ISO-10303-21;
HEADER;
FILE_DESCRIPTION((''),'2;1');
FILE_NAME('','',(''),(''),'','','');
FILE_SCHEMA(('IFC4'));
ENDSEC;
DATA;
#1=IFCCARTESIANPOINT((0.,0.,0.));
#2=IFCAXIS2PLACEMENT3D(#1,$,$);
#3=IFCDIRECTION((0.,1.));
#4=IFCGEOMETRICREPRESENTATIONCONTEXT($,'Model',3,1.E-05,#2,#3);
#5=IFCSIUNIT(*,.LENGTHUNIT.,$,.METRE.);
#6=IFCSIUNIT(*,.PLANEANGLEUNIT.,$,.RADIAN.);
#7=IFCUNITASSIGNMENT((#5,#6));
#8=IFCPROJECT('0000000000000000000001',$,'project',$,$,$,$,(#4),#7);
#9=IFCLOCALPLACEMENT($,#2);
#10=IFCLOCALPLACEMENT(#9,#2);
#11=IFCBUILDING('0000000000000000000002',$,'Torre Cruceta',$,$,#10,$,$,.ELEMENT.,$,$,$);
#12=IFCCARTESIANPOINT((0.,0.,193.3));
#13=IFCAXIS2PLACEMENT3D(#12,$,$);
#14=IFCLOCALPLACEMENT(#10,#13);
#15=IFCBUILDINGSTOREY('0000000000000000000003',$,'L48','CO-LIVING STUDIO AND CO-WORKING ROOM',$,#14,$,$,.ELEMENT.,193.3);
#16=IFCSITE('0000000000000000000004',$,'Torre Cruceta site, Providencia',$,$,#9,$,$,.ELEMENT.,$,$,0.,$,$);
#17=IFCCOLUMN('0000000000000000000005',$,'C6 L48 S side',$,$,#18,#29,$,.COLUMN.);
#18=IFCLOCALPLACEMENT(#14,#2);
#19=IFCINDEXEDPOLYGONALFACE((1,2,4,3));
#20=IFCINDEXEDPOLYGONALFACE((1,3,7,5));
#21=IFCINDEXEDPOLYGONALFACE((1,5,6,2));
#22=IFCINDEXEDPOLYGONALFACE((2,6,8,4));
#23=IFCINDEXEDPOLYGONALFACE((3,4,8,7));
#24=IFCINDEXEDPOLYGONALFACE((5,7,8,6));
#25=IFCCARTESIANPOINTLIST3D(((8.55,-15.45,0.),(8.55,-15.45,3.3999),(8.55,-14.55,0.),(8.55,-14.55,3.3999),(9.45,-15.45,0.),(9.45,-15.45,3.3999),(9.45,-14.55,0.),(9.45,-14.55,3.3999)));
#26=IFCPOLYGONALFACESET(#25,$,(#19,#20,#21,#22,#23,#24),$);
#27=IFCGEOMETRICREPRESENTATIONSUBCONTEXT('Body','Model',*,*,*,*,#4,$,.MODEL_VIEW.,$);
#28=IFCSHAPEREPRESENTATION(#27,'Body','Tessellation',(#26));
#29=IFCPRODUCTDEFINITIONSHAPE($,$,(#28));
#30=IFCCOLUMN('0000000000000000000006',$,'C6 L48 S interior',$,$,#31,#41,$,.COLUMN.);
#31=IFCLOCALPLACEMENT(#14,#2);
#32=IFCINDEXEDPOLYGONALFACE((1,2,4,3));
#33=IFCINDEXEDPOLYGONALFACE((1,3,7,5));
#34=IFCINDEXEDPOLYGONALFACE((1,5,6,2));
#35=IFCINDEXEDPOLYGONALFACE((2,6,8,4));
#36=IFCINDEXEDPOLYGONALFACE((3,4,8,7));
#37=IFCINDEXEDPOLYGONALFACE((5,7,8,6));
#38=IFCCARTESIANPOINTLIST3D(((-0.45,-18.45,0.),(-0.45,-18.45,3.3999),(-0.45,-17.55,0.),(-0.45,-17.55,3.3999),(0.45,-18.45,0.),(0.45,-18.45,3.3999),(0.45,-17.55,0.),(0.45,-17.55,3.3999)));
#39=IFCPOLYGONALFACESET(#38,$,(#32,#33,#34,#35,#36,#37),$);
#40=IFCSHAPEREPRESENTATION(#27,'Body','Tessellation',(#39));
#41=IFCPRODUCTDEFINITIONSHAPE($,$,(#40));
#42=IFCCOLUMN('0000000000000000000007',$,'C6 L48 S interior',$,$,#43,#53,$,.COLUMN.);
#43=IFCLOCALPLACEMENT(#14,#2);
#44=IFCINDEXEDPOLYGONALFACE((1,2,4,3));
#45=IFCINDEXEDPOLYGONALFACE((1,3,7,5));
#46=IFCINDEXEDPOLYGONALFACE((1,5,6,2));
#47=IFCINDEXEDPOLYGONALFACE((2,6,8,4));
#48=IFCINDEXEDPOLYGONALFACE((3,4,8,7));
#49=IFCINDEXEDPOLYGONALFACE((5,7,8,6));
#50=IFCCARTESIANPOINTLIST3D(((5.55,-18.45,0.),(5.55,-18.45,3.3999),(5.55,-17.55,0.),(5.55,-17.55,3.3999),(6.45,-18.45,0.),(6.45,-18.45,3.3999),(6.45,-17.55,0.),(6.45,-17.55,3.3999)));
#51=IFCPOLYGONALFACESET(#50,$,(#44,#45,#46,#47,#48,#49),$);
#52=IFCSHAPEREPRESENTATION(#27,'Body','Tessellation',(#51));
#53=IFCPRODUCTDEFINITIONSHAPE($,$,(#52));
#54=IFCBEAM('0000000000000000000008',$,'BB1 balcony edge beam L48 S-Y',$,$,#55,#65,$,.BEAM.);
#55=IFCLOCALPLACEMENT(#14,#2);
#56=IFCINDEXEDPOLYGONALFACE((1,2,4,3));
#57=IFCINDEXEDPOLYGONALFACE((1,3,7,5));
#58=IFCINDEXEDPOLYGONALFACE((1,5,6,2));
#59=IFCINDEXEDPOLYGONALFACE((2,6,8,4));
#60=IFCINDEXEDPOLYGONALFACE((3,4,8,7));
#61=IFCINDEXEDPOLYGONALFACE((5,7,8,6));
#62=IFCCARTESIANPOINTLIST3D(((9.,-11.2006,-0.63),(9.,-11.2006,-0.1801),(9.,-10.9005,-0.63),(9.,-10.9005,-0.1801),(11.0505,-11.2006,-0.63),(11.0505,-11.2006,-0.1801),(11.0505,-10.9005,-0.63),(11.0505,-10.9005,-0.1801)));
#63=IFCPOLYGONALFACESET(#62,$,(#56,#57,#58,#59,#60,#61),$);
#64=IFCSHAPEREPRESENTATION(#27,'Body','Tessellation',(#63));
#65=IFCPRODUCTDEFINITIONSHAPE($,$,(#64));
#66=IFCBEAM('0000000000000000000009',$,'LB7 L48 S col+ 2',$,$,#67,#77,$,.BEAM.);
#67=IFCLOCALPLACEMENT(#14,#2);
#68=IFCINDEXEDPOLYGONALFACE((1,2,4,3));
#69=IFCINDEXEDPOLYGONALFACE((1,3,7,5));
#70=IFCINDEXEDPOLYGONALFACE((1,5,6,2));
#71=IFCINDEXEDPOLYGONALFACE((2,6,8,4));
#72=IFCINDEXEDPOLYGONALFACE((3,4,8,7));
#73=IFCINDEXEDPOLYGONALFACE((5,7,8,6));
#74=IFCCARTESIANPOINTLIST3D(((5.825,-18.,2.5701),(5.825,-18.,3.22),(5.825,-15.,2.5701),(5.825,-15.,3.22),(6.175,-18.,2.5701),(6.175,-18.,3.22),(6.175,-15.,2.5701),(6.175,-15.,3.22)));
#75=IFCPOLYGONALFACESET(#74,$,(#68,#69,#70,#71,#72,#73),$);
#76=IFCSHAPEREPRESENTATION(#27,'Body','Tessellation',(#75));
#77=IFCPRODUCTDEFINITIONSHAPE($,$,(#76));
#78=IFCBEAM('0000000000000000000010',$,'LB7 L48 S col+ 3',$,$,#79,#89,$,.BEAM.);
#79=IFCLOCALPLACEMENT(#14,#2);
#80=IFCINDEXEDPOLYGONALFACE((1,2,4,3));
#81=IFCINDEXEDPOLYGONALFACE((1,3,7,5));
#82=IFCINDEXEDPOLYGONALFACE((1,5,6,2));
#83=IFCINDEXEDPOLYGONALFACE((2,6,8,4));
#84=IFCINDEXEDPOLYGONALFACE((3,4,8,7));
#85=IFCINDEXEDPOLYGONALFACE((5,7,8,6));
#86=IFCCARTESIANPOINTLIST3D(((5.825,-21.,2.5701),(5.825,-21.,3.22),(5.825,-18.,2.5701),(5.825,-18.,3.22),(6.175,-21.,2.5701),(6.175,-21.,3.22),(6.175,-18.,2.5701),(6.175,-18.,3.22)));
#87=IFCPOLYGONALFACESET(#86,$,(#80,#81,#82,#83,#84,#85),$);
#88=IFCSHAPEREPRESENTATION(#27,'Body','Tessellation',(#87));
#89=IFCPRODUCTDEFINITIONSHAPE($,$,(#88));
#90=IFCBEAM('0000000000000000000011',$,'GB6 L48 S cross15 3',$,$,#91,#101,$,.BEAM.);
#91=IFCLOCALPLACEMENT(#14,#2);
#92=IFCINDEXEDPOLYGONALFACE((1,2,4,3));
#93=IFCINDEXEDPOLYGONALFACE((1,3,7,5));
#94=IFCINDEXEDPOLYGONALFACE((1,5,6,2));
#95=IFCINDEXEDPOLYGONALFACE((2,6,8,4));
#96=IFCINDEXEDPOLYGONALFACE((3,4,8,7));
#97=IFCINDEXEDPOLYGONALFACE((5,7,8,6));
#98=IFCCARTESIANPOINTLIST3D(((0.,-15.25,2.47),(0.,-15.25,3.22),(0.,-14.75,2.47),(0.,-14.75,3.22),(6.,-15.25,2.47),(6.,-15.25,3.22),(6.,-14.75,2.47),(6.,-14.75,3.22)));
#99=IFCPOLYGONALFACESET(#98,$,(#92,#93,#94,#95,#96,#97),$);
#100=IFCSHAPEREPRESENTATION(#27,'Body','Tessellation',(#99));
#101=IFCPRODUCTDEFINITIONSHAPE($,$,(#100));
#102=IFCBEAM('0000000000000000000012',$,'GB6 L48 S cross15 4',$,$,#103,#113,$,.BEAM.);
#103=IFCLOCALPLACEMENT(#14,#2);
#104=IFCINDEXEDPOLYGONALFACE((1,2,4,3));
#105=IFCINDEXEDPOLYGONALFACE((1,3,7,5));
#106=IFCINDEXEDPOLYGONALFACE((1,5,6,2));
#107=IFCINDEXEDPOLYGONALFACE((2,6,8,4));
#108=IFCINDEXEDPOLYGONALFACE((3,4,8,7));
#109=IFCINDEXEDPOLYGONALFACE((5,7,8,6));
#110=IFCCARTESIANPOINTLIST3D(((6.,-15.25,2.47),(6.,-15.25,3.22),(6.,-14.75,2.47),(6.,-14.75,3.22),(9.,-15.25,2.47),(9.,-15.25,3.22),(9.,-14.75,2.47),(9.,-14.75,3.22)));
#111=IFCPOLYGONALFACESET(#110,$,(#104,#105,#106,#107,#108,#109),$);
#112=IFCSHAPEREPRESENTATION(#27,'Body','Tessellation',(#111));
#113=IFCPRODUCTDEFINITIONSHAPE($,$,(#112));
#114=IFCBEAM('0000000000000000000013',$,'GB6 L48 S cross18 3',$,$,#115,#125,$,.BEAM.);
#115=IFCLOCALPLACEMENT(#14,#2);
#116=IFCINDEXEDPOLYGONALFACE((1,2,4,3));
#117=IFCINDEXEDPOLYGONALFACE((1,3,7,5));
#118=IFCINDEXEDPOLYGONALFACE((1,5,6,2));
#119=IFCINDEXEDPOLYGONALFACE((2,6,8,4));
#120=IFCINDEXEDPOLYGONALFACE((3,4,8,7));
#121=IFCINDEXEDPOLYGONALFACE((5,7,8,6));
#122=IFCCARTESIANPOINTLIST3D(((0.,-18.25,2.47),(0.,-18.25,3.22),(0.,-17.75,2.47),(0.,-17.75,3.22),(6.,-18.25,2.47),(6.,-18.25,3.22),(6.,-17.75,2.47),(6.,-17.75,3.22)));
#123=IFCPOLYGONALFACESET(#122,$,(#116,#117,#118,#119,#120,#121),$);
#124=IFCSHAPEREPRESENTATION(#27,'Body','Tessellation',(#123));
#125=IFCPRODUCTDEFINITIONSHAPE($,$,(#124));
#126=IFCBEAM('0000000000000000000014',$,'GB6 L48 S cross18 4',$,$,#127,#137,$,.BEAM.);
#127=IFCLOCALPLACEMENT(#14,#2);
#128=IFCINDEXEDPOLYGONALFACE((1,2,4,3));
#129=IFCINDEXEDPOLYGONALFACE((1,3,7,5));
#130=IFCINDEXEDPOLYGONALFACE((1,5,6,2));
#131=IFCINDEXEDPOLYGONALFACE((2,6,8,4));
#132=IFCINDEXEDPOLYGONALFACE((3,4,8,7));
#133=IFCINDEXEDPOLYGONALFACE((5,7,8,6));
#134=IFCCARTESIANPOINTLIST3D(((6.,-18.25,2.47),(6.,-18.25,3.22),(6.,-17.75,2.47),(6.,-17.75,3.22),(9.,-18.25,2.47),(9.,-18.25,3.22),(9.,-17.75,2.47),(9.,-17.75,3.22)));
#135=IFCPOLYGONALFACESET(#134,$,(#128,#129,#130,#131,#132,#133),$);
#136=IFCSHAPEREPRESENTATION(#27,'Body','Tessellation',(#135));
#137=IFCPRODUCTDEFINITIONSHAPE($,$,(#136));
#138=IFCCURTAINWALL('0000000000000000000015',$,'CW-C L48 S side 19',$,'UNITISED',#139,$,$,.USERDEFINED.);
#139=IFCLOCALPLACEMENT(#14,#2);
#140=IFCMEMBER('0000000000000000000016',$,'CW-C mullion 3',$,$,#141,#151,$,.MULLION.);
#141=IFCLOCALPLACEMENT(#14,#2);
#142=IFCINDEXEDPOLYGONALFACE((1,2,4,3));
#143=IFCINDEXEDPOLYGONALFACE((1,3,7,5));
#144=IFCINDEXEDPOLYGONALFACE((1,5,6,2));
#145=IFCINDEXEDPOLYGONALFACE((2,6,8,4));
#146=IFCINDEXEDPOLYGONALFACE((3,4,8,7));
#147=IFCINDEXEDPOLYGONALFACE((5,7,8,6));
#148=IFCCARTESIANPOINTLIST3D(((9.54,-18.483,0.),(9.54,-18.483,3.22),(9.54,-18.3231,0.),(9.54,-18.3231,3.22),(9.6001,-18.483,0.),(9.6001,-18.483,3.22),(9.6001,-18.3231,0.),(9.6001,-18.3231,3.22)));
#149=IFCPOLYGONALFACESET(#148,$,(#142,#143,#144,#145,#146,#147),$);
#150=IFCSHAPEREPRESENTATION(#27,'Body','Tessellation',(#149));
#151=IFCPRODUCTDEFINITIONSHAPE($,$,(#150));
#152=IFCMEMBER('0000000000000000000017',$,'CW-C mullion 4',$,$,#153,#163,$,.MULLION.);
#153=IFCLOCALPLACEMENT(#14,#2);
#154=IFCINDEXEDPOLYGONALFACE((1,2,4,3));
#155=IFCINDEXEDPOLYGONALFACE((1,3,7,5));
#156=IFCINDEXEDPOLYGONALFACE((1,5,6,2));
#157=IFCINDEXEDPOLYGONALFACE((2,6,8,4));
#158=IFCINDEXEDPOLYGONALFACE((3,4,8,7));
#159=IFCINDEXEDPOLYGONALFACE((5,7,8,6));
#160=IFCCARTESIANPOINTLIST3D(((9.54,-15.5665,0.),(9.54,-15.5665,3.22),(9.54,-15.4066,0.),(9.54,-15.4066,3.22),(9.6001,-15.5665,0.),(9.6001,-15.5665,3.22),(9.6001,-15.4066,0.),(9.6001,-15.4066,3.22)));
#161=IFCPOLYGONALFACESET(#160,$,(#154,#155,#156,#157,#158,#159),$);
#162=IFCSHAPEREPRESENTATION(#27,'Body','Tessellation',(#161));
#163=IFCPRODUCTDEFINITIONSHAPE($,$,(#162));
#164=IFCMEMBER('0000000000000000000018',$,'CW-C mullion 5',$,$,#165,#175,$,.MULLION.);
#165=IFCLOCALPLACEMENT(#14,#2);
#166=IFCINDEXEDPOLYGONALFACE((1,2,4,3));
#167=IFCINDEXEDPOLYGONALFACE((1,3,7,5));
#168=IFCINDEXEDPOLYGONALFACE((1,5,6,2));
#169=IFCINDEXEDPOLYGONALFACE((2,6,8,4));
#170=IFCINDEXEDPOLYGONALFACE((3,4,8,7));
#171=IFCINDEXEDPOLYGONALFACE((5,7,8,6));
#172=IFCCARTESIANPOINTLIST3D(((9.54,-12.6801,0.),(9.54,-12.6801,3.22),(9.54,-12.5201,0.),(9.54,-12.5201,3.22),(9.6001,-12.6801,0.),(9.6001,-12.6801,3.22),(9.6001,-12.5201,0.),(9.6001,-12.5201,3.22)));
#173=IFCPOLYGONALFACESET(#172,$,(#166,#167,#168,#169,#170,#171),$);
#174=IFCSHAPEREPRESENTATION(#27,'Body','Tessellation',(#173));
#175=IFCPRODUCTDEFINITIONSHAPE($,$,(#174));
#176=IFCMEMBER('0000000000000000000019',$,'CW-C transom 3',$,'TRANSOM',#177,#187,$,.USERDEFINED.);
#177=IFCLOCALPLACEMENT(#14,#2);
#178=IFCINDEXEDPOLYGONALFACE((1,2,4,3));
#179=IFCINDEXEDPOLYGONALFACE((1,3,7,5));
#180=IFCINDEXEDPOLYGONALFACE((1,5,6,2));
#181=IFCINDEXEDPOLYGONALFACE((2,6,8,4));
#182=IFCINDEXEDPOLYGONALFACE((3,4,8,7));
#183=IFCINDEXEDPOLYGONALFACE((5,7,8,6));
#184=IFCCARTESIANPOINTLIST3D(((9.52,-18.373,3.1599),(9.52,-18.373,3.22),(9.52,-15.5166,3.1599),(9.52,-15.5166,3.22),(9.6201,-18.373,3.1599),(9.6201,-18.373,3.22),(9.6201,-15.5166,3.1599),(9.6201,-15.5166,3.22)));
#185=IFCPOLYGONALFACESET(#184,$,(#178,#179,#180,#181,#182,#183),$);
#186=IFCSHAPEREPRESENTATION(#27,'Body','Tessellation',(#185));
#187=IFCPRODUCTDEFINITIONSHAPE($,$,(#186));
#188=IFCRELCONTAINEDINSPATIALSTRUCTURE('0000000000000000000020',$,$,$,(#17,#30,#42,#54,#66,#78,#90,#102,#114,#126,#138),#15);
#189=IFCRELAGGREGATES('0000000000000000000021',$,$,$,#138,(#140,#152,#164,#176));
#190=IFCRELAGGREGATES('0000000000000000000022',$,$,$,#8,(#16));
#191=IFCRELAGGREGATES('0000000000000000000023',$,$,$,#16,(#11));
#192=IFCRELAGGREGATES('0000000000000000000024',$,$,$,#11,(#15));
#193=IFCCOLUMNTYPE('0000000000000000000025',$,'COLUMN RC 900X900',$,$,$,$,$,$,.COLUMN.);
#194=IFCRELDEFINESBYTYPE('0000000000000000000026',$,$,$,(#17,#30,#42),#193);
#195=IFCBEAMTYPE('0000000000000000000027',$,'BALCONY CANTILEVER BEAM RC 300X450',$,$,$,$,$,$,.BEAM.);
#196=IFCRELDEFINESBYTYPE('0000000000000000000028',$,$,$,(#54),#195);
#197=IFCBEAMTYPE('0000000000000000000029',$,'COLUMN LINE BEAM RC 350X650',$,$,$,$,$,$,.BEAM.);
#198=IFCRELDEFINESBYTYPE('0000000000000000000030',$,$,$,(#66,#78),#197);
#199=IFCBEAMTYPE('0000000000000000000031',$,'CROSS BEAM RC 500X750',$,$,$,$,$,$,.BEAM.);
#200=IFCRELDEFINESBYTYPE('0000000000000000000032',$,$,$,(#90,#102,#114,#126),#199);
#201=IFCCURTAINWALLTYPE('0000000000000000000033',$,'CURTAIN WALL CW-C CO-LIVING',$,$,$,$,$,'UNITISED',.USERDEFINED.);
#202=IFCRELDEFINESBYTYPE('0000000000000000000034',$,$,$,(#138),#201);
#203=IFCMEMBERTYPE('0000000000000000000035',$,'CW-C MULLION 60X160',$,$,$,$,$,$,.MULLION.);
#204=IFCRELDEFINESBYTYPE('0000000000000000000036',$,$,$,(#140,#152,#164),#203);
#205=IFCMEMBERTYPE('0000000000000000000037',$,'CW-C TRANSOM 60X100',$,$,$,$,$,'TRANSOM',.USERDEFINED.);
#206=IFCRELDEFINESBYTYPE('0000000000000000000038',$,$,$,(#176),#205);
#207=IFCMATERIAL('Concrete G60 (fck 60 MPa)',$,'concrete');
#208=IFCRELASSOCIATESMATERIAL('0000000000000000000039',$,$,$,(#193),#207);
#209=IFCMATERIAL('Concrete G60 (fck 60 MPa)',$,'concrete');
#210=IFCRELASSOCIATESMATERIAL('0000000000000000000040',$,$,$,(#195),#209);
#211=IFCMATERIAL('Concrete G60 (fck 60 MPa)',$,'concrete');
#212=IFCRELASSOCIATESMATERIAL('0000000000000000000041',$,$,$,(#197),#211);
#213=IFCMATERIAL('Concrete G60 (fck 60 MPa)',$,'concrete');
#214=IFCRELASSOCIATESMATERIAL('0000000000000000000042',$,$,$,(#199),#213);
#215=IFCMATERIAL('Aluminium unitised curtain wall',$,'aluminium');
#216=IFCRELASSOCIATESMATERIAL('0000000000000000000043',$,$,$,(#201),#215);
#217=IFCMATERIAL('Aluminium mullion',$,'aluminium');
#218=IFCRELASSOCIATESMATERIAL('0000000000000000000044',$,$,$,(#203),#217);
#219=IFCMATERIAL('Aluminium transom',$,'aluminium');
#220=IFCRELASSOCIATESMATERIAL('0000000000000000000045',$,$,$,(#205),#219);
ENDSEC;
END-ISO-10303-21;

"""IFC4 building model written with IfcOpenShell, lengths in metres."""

from ifc_helpers import new_model, si_unit, direction, frame, origin, origin_2d, place, context, subcontext, project, spatial, rectangle, extrude, material, material_profile, profile_set, type_object, element, aggregate, save


model = new_model("IFC4")

# Units and contexts
model_context = context("Model", 3, precision=1e-05, world=origin(), true_north=direction((0.0, 1.0)))
body_context = subcontext(model_context, "Body", "Model", "MODEL_VIEW")
ifc_project = project(units=[si_unit("LENGTHUNIT", "METRE"), si_unit("PLANEANGLEUNIT", "RADIAN")], contexts=[model_context])

# Site, building, storey
site_placement = place(None, origin())
site = spatial("IfcSite", under=ifc_project, at=site_placement, Name="Torre Cruceta site, Providencia", CompositionType="ELEMENT", RefElevation=0.0)
building_placement = place(site_placement, origin())
building = spatial("IfcBuilding", under=site, at=building_placement, Name="Torre Cruceta", CompositionType="ELEMENT")
storey_placement = place(building_placement, frame((0.0, 0.0, 193.3)))
storey = spatial("IfcBuildingStorey", under=building, at=storey_placement, Name="L48", Description="CO-LIVING STUDIO AND CO-WORKING ROOM", CompositionType="ELEMENT", Elevation=193.3)

# Columns
ifc_material_1 = material(Name="Concrete G60 (fck 60 MPa)", Category="concrete")
ifc_material_profile_1 = material_profile(ifc_material_1, rectangle(XDim=0.8999, YDim=0.8999, at=origin_2d()), Name="RC 900X900")
ifc_profile_set_1 = profile_set([ifc_material_profile_1], Name="Concrete G60 (fck 60 MPa)")
column_type = type_object("IfcColumnType", Name="COLUMN RC 900X900", PredefinedType="COLUMN", material=ifc_profile_set_1)
for number, where, z_axis, x_axis, name in (
    (1, (9.0, -15.0, 0.0), (0.0, 0.0, 1.0), (1.0, 0.0, 0.0), "C6 L48 S side"),
    (2, (0.0, -18.0, 0.0), (0.0, 0.0, 1.0), (1.0, 0.0, 0.0), "C6 L48 S interior"),
    (3, (6.0, -18.0, 0.0), (0.0, 0.0, 1.0), (1.0, 0.0, 0.0), "C6 L48 S interior"),
):
    element("IfcColumn", number, at=place(storey_placement, frame(where, z_axis=z_axis, x_axis=x_axis)), inside=storey, type_object=column_type, Name=name, PredefinedType="COLUMN", context=body_context, shape_type="SweptSolid", body=[
        extrude(rectangle(XDim=0.8999, YDim=0.8999, at=origin_2d()), origin(), (0.0, 0.0, 1.0), 3.3999),
    ])

# Beams
ifc_material_2 = material(Name="Concrete G60 (fck 60 MPa)", Category="concrete")
ifc_material_profile_2 = material_profile(ifc_material_2, rectangle(XDim=0.3, YDim=0.45, at=origin_2d()), Name="RC 300X450")
ifc_profile_set_2 = profile_set([ifc_material_profile_2], Name="Concrete G60 (fck 60 MPa)")
beam_type_1 = type_object("IfcBeamType", Name="BALCONY CANTILEVER BEAM RC 300X450", PredefinedType="BEAM", material=ifc_profile_set_2)
beam_1_placement = place(storey_placement, frame((9.0, -11.0505, -0.405), z_axis=(1.0, 0.0, 0.0), x_axis=(0.0, 1.0, 0.0)))
element("IfcBeam", 4, at=beam_1_placement, inside=storey, type_object=beam_type_1, Name="BB1 balcony edge beam L48 S-Y", PredefinedType="BEAM", context=body_context, shape_type="SweptSolid", body=[
    extrude(rectangle(XDim=0.3, YDim=0.45, at=origin_2d()), origin(), (0.0, 0.0, 1.0), 2.0505),
])
ifc_material_3 = material(Name="Concrete G60 (fck 60 MPa)", Category="concrete")
ifc_material_profile_3 = material_profile(ifc_material_3, rectangle(XDim=0.3501, YDim=0.6499, at=origin_2d()), Name="RC 350X650")
ifc_profile_set_3 = profile_set([ifc_material_profile_3], Name="Concrete G60 (fck 60 MPa)")
beam_type_2 = type_object("IfcBeamType", Name="COLUMN LINE BEAM RC 350X650", PredefinedType="BEAM", material=ifc_profile_set_3)
for number, where, z_axis, x_axis, name in (
    (5, (6.0, -15.0, 2.895), (0.0, -1.0, 0.0), (1.0, 0.0, 0.0), "LB7 L48 S col+ 2"),
    (6, (6.0, -18.0, 2.895), (0.0, -1.0, 0.0), (1.0, 0.0, 0.0), "LB7 L48 S col+ 3"),
):
    element("IfcBeam", number, at=place(storey_placement, frame(where, z_axis=z_axis, x_axis=x_axis)), inside=storey, type_object=beam_type_2, Name=name, PredefinedType="BEAM", context=body_context, shape_type="SweptSolid", body=[
        extrude(rectangle(XDim=0.3501, YDim=0.6499, at=origin_2d()), origin(), (0.0, 0.0, 1.0), 3.0),
    ])
ifc_material_4 = material(Name="Concrete G60 (fck 60 MPa)", Category="concrete")
ifc_material_profile_4 = material_profile(ifc_material_4, rectangle(XDim=0.5, YDim=0.75, at=origin_2d()), Name="RC 500X750")
ifc_profile_set_4 = profile_set([ifc_material_profile_4], Name="Concrete G60 (fck 60 MPa)")
beam_type_3 = type_object("IfcBeamType", Name="CROSS BEAM RC 500X750", PredefinedType="BEAM", material=ifc_profile_set_4)
beam_2_placement = place(storey_placement, frame((0.0, -15.0, 2.845), z_axis=(1.0, 0.0, 0.0), x_axis=(0.0, 1.0, 0.0)))
element("IfcBeam", 7, at=beam_2_placement, inside=storey, type_object=beam_type_3, Name="GB6 L48 S cross15 3", PredefinedType="BEAM", context=body_context, shape_type="SweptSolid", body=[
    extrude(rectangle(XDim=0.5, YDim=0.75, at=origin_2d()), origin(), (0.0, 0.0, 1.0), 6.0),
])
beam_3_placement = place(storey_placement, frame((6.0, -15.0, 2.845), z_axis=(1.0, 0.0, 0.0), x_axis=(0.0, 1.0, 0.0)))
element("IfcBeam", 8, at=beam_3_placement, inside=storey, type_object=beam_type_3, Name="GB6 L48 S cross15 4", PredefinedType="BEAM", context=body_context, shape_type="SweptSolid", body=[
    extrude(rectangle(XDim=0.5, YDim=0.75, at=origin_2d()), origin(), (0.0, 0.0, 1.0), 3.0),
])
beam_4_placement = place(storey_placement, frame((0.0, -18.0, 2.845), z_axis=(1.0, 0.0, 0.0), x_axis=(0.0, 1.0, 0.0)))
element("IfcBeam", 9, at=beam_4_placement, inside=storey, type_object=beam_type_3, Name="GB6 L48 S cross18 3", PredefinedType="BEAM", context=body_context, shape_type="SweptSolid", body=[
    extrude(rectangle(XDim=0.5, YDim=0.75, at=origin_2d()), origin(), (0.0, 0.0, 1.0), 6.0),
])
beam_5_placement = place(storey_placement, frame((6.0, -18.0, 2.845), z_axis=(1.0, 0.0, 0.0), x_axis=(0.0, 1.0, 0.0)))
element("IfcBeam", 10, at=beam_5_placement, inside=storey, type_object=beam_type_3, Name="GB6 L48 S cross18 4", PredefinedType="BEAM", context=body_context, shape_type="SweptSolid", body=[
    extrude(rectangle(XDim=0.5, YDim=0.75, at=origin_2d()), origin(), (0.0, 0.0, 1.0), 3.0),
])

# Curtain wall, members
ifc_material_5 = material(Name="Aluminium unitised curtain wall", Category="aluminium")
curtain_wall_type = type_object("IfcCurtainWallType", Name="CURTAIN WALL CW-C CO-LIVING", ElementType="UNITISED", PredefinedType="USERDEFINED", material=ifc_material_5)
curtain_wall_placement = place(storey_placement, origin())
curtain_wall = element("IfcCurtainWall", 11, at=curtain_wall_placement, inside=storey, type_object=curtain_wall_type, Name="CW-C L48 S side 19", ObjectType="UNITISED", PredefinedType="USERDEFINED")
ifc_material_6 = material(Name="Aluminium mullion", Category="aluminium")
ifc_material_profile_5 = material_profile(ifc_material_6, rectangle(XDim=0.0601, YDim=0.1599, at=origin_2d()), Name="AL 60X160")
ifc_profile_set_5 = profile_set([ifc_material_profile_5], Name="Aluminium mullion")
member_type_1 = type_object("IfcMemberType", Name="CW-C MULLION 60X160", PredefinedType="MULLION", material=ifc_profile_set_5)
member_1_placement = place(storey_placement, frame((9.5701, -18.4031, 0.0), z_axis=(0.0, 0.0, 1.0), x_axis=(-1.0, 0.0, 0.0)))
member_1 = element("IfcMember", 12, at=member_1_placement, type_object=member_type_1, Name="CW-C mullion 3", PredefinedType="MULLION", context=body_context, shape_type="SweptSolid", body=[
    extrude(rectangle(XDim=0.0601, YDim=0.1599, at=origin_2d()), origin(), (0.0, 0.0, 1.0), 3.22),
])
member_2_placement = place(storey_placement, frame((9.5701, -15.4866, 0.0), z_axis=(0.0, 0.0, 1.0), x_axis=(-1.0, 0.0, 0.0)))
member_2 = element("IfcMember", 13, at=member_2_placement, type_object=member_type_1, Name="CW-C mullion 4", PredefinedType="MULLION", context=body_context, shape_type="SweptSolid", body=[
    extrude(rectangle(XDim=0.0601, YDim=0.1599, at=origin_2d()), origin(), (0.0, 0.0, 1.0), 3.22),
])
member_3_placement = place(storey_placement, frame((9.5701, -12.6001, 0.0), z_axis=(0.0, 0.0, 1.0), x_axis=(-1.0, 0.0, 0.0)))
member_3 = element("IfcMember", 14, at=member_3_placement, type_object=member_type_1, Name="CW-C mullion 5", PredefinedType="MULLION", context=body_context, shape_type="SweptSolid", body=[
    extrude(rectangle(XDim=0.0601, YDim=0.1599, at=origin_2d()), origin(), (0.0, 0.0, 1.0), 3.22),
])
ifc_material_7 = material(Name="Aluminium transom", Category="aluminium")
ifc_material_profile_6 = material_profile(ifc_material_7, rectangle(XDim=0.1001, YDim=0.0601, at=origin_2d()), Name="AL 100X60")
ifc_profile_set_6 = profile_set([ifc_material_profile_6], Name="Aluminium transom")
member_type_2 = type_object("IfcMemberType", Name="CW-C TRANSOM 60X100", ElementType="TRANSOM", PredefinedType="USERDEFINED", material=ifc_profile_set_6)
member_4_placement = place(storey_placement, frame((9.5701, -18.373, 3.1899), z_axis=(0.0, 1.0, 0.0), x_axis=(-1.0, 0.0, 0.0)))
member_4 = element("IfcMember", 15, at=member_4_placement, type_object=member_type_2, Name="CW-C transom 3", ObjectType="TRANSOM", PredefinedType="USERDEFINED", context=body_context, shape_type="SweptSolid", body=[
    extrude(rectangle(XDim=0.1001, YDim=0.0601, at=origin_2d()), origin(), (0.0, 0.0, 1.0), 2.8564),
])

aggregate(curtain_wall, [member_1, member_2, member_3, member_4])

save(model, "model.ifc")
